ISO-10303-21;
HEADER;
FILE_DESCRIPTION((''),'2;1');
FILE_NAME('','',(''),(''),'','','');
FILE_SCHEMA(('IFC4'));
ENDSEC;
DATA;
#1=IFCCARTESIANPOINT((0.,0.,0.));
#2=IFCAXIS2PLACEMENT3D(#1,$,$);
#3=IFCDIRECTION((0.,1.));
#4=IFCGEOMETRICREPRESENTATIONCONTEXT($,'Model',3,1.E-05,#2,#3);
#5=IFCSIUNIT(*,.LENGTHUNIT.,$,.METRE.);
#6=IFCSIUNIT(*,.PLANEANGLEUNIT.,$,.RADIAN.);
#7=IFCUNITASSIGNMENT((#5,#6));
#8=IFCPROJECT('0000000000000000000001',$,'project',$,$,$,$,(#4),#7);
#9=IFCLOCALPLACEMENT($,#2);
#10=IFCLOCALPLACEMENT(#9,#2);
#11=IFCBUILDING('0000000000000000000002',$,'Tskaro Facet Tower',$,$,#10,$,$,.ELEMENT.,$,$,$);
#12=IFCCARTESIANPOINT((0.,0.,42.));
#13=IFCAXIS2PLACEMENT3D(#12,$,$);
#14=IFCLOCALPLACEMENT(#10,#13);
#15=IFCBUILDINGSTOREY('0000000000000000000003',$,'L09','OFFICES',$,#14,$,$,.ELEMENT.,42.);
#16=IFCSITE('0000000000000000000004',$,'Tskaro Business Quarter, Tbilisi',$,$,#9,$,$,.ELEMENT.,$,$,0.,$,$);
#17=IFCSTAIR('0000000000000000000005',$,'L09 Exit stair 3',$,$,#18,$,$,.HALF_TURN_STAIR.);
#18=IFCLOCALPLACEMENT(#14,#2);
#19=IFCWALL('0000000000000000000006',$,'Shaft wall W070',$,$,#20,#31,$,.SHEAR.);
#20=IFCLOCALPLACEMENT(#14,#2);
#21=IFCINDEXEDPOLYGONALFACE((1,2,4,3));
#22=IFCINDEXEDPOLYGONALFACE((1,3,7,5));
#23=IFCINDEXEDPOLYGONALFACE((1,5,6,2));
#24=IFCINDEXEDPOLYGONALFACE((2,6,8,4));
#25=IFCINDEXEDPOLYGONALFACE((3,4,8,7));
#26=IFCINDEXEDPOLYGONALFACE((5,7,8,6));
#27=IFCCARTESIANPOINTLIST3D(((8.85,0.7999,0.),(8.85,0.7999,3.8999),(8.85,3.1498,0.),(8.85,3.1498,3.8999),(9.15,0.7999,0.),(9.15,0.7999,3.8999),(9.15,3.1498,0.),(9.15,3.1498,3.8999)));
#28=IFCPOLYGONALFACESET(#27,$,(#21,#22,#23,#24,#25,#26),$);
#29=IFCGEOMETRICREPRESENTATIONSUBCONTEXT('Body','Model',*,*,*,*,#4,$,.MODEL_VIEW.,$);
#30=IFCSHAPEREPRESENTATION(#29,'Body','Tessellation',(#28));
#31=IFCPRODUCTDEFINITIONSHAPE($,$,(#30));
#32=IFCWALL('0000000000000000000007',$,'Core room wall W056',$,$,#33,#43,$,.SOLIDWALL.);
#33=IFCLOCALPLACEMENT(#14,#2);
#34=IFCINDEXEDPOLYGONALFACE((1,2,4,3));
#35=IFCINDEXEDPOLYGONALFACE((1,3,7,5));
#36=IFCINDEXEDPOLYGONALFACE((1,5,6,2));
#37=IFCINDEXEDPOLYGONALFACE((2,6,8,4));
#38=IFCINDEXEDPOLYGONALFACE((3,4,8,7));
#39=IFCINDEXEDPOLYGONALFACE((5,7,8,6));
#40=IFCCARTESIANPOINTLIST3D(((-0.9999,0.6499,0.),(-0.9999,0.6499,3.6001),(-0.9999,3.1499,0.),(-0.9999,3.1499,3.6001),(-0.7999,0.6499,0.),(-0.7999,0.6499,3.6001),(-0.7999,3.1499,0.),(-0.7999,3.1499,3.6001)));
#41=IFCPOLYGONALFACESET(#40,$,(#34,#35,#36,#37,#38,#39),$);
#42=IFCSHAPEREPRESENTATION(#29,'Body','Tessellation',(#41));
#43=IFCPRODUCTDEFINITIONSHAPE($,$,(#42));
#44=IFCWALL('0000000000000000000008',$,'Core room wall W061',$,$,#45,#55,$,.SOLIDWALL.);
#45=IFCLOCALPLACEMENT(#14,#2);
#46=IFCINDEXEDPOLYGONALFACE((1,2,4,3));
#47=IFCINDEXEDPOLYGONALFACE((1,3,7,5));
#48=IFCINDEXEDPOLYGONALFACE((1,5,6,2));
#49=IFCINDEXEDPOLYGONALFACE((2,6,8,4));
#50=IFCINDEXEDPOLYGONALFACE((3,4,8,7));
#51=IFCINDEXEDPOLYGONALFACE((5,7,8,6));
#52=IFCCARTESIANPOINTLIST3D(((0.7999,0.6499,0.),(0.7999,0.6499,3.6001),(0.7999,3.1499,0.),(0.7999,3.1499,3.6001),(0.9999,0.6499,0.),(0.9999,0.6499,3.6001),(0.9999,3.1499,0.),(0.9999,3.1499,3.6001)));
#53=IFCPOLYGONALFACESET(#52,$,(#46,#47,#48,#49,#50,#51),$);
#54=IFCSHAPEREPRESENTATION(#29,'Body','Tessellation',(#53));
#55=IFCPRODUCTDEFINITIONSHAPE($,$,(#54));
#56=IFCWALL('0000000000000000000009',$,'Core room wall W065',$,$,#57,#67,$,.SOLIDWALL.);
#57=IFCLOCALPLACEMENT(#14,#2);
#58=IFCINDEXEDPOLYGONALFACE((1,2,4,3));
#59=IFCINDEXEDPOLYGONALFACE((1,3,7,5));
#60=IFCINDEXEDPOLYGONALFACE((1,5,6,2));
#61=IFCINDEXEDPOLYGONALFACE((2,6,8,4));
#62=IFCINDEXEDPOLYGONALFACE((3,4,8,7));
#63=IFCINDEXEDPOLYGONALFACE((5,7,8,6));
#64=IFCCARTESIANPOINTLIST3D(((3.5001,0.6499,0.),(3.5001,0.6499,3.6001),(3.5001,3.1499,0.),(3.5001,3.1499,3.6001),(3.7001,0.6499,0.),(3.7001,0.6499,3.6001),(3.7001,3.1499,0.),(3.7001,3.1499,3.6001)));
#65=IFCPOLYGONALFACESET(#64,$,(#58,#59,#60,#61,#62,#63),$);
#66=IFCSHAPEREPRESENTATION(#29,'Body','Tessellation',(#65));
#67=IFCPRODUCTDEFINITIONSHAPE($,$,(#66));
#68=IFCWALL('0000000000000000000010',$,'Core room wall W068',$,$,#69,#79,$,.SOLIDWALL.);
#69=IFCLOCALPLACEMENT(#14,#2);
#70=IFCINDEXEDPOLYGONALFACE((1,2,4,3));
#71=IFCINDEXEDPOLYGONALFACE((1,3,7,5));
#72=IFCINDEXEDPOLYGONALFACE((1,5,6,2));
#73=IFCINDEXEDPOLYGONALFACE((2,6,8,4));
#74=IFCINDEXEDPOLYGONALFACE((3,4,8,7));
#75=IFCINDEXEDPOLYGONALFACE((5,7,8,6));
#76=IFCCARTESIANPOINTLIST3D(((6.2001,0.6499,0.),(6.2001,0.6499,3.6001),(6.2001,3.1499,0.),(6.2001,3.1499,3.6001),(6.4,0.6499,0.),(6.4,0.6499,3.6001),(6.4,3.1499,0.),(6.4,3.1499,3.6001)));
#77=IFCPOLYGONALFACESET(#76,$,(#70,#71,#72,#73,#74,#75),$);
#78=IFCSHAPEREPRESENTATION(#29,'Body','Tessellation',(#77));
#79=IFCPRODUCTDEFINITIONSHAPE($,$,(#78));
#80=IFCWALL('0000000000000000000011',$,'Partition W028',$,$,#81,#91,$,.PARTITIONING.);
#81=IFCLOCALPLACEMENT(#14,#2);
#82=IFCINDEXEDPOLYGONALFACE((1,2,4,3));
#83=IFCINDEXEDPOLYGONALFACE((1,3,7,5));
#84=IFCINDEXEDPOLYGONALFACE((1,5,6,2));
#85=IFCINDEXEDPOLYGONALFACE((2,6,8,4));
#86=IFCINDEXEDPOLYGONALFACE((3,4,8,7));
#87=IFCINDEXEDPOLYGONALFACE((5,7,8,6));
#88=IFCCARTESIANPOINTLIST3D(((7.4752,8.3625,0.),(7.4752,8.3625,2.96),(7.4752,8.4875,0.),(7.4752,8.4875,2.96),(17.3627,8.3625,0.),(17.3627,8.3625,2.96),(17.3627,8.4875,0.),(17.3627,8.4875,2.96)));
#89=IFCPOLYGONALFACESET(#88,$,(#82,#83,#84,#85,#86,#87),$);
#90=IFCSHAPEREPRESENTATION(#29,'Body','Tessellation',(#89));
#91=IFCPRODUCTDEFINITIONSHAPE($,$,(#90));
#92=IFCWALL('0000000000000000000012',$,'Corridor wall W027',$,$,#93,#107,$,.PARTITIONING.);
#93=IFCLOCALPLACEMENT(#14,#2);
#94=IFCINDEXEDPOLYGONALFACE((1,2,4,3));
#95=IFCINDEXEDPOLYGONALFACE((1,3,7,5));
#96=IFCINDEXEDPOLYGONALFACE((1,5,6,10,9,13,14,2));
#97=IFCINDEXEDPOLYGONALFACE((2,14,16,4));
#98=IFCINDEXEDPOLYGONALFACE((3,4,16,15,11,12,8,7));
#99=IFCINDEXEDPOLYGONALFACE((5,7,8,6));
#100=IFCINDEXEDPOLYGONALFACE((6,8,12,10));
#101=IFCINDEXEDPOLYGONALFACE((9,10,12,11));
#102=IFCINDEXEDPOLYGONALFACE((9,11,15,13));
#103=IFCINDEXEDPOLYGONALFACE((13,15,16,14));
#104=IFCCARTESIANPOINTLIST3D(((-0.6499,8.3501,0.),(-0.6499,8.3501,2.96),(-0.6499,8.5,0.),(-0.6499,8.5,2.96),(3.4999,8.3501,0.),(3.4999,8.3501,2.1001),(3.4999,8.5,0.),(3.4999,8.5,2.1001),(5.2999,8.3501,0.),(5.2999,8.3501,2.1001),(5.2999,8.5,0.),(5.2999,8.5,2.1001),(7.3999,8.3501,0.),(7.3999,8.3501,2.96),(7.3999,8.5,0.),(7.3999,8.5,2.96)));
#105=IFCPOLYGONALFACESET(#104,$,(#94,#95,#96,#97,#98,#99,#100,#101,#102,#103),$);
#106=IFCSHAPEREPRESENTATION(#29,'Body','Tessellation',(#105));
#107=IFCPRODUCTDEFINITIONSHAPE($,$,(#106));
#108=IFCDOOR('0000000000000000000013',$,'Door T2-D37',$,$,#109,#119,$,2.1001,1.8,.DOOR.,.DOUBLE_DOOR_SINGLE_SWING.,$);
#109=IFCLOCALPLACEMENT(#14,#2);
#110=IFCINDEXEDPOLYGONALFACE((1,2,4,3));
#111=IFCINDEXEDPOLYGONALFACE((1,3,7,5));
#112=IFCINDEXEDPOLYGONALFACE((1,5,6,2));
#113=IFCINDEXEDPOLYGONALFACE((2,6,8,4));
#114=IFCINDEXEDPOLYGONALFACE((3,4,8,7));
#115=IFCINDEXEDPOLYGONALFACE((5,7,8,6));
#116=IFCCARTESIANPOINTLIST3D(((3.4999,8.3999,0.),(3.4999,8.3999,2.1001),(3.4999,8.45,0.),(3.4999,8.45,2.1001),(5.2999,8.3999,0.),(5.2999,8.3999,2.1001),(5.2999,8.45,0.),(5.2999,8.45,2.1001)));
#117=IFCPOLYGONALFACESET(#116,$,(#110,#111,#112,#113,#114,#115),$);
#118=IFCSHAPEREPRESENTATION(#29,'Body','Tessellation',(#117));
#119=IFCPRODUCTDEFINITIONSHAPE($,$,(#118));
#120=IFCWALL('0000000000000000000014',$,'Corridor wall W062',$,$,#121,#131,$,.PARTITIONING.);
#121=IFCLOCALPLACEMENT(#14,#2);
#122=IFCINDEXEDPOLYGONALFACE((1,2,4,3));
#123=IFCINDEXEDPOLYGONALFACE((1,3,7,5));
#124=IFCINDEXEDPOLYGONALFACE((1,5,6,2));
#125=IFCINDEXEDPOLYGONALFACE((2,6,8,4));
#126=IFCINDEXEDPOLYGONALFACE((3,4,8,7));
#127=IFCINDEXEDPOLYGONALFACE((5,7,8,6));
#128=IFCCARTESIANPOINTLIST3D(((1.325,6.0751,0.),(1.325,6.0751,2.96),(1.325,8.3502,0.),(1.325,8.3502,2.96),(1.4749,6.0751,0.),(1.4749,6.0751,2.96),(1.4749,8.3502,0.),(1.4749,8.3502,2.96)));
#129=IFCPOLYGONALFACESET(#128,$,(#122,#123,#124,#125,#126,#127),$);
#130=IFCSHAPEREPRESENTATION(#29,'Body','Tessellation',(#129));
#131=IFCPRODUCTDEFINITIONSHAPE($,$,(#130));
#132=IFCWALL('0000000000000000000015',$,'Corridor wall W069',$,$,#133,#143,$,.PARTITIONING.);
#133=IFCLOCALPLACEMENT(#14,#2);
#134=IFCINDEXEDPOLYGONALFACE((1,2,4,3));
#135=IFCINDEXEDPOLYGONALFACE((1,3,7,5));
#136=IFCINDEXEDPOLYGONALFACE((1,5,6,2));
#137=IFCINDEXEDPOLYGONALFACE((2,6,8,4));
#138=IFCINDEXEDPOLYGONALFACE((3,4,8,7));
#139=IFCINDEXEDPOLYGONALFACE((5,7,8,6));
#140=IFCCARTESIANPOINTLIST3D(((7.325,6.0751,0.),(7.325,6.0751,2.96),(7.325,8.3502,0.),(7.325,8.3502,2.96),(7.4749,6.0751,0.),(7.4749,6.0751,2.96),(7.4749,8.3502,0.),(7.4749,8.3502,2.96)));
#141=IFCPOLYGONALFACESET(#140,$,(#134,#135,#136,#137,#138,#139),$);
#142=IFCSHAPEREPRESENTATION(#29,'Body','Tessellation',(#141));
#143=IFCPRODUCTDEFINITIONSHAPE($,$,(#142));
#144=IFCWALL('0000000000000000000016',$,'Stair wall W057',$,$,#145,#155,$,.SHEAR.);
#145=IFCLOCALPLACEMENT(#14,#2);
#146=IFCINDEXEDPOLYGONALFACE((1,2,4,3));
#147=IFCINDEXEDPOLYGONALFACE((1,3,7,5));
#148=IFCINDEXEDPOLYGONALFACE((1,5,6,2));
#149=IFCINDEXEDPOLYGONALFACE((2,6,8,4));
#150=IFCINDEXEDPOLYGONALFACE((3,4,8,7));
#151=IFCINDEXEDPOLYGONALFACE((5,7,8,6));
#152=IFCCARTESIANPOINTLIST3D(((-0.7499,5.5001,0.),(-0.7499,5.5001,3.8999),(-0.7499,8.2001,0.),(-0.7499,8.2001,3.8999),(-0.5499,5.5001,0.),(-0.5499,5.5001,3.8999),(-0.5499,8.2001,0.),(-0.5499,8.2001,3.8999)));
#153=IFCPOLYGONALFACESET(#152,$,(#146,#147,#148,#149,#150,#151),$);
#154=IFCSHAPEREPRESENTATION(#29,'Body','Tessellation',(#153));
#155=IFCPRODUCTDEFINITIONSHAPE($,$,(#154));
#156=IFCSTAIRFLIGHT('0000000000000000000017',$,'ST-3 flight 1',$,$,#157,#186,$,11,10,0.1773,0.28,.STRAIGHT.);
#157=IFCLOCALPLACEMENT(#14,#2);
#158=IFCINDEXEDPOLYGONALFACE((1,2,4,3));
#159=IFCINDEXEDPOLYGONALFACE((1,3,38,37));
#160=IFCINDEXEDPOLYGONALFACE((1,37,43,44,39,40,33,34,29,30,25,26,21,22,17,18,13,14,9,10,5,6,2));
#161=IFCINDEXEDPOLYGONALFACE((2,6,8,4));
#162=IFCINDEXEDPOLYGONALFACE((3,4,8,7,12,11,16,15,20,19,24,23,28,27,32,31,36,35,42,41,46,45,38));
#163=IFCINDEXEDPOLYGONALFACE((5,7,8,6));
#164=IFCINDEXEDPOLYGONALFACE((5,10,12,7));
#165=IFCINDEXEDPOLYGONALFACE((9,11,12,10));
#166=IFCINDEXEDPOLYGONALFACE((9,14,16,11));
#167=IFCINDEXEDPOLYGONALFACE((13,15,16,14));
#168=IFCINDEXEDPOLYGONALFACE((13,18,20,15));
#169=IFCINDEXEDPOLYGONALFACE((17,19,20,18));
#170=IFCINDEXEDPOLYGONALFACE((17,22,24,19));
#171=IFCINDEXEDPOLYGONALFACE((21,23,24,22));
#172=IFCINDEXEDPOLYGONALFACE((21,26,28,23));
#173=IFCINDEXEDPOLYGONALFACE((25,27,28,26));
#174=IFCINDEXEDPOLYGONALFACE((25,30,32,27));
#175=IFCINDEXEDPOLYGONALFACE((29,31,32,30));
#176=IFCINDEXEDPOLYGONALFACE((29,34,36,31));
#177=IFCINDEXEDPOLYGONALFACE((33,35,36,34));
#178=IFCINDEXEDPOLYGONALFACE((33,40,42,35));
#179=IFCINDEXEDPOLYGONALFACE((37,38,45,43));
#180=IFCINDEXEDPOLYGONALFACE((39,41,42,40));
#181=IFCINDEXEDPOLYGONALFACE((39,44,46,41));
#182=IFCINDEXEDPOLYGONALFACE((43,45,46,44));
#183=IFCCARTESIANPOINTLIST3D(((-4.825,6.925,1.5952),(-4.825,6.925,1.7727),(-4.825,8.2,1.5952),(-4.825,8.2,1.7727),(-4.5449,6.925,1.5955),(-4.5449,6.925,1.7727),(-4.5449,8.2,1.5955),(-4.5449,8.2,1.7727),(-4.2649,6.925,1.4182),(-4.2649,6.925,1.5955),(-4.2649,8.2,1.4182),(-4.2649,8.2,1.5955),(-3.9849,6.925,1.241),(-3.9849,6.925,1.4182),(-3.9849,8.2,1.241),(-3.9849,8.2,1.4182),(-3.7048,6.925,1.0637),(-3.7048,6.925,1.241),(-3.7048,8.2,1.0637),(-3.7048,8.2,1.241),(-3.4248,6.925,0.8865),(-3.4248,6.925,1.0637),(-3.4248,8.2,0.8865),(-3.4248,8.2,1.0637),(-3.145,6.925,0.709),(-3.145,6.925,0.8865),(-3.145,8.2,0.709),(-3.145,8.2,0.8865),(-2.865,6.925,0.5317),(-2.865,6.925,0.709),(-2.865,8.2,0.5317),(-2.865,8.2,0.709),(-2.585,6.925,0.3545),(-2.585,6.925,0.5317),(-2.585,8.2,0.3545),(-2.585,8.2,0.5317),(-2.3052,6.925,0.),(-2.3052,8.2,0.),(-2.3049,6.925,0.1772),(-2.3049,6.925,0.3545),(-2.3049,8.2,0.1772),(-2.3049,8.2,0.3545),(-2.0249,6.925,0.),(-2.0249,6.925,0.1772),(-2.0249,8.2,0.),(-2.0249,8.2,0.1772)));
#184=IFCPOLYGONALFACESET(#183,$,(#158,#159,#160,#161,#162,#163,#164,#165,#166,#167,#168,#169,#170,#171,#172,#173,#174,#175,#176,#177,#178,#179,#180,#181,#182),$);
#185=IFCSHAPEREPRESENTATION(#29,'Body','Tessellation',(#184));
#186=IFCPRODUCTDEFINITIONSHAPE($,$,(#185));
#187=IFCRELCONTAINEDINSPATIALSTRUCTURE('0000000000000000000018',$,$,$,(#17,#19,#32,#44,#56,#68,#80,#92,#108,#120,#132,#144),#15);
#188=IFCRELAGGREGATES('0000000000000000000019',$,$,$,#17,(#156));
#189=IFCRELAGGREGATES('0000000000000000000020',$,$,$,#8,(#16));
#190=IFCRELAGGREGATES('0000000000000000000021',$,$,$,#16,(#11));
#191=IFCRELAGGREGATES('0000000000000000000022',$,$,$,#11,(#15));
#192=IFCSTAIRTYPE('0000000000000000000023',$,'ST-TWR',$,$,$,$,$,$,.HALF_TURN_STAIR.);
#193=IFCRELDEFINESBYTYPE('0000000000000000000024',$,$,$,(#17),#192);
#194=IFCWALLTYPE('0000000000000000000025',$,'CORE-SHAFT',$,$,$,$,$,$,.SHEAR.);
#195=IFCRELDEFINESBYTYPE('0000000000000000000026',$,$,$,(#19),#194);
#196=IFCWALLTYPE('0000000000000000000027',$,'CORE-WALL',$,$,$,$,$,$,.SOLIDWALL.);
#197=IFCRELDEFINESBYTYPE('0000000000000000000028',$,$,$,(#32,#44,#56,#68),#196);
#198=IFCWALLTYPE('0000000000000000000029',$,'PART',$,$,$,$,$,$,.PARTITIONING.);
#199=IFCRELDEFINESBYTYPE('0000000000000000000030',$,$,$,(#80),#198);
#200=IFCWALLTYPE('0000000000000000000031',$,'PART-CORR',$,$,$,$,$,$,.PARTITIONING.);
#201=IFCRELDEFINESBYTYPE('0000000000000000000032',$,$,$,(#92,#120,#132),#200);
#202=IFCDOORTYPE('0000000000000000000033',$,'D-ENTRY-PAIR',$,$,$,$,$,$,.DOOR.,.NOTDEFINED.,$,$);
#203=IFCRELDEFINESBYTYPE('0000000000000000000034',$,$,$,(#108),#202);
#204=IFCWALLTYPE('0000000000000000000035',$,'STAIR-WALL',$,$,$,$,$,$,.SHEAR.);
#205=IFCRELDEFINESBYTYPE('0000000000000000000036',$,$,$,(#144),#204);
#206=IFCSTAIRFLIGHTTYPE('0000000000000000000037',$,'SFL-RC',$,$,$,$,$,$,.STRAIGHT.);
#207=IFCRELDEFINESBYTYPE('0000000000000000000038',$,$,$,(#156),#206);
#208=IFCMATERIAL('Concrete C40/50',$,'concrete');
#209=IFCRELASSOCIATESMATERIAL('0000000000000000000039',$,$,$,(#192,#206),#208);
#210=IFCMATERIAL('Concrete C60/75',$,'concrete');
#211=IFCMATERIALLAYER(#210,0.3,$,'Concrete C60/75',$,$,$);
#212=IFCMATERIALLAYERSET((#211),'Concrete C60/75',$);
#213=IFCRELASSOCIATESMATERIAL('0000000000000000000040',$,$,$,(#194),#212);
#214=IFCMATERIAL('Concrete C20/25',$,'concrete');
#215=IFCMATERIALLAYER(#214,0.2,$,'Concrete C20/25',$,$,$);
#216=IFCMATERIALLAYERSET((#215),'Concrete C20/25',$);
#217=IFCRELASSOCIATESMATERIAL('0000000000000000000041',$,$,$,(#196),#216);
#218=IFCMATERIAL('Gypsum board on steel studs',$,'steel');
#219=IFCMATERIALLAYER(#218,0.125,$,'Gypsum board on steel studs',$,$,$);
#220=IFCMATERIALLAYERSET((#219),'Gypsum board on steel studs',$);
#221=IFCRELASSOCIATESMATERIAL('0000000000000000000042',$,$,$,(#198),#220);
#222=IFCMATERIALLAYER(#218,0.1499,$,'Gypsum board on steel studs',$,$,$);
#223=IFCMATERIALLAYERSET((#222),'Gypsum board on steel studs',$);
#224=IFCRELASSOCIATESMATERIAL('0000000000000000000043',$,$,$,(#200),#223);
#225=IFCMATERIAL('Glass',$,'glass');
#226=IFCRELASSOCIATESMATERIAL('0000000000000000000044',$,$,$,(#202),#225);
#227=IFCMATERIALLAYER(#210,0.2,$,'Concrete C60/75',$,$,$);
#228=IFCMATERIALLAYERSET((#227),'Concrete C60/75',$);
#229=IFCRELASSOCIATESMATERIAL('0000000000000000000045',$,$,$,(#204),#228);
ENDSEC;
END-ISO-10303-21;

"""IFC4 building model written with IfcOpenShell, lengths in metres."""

from ifc_helpers import new_model, si_unit, direction, frame, frame_2d, origin, place, context, subcontext, project, spatial, polyline, rectangle, outline, extrude, material, layer, layer_set, type_object, element, fill, aggregate, save


model = new_model("IFC4")

# Units and contexts
model_context = context("Model", 3, precision=1e-05, world=origin(), true_north=direction((0.0, 1.0)))
body_context = subcontext(model_context, "Body", "Model", "MODEL_VIEW")
ifc_project = project(units=[si_unit("LENGTHUNIT", "METRE"), si_unit("PLANEANGLEUNIT", "RADIAN")], contexts=[model_context])

# Site, building, storey
site_placement = place(None, origin())
site = spatial("IfcSite", under=ifc_project, at=site_placement, Name="Tskaro Business Quarter, Tbilisi", CompositionType="ELEMENT", RefElevation=0.0)
building_placement = place(site_placement, origin())
building = spatial("IfcBuilding", under=site, at=building_placement, Name="Tskaro Facet Tower", CompositionType="ELEMENT")
storey_placement = place(building_placement, frame((0.0, 0.0, 42.0)))
storey = spatial("IfcBuildingStorey", under=building, at=storey_placement, Name="L09", Description="OFFICES", CompositionType="ELEMENT", Elevation=42.0)

# Stair
ifc_material_1 = material(Name="Concrete C40/50", Category="concrete")
stair_type = type_object("IfcStairType", Name="ST-TWR", PredefinedType="HALF_TURN_STAIR", material=ifc_material_1)
stair_1_placement = place(storey_placement, origin())
stair_1 = element("IfcStair", 1, at=stair_1_placement, inside=storey, type_object=stair_type, Name="L09 Exit stair 3", PredefinedType="HALF_TURN_STAIR")

# Shared definitions
ifc_material_2 = material(Name="Concrete C60/75", Category="concrete")

# Walls
ifc_layer_1 = layer(ifc_material_2, 0.3, Name="Concrete C60/75")
ifc_layer_set_1 = layer_set([ifc_layer_1], Name="Concrete C60/75")
wall_type_1 = type_object("IfcWallType", Name="CORE-SHAFT", PredefinedType="SHEAR", material=ifc_layer_set_1)
wall_1_placement = place(storey_placement, frame((9.0, 0.8, 0.0), z_axis=(0.0, 0.0, 1.0), x_axis=(0.0, 1.0, 0.0)))
element("IfcWall", 2, at=wall_1_placement, inside=storey, type_object=wall_type_1, Name="Shaft wall W070", PredefinedType="SHEAR", context=body_context, shape_type="SweptSolid", body=[
    extrude(rectangle(XDim=2.3499, YDim=0.3, at=frame_2d((1.1748, 0.0))), origin(), (0.0, 0.0, 1.0), 3.8999),
])
ifc_material_3 = material(Name="Concrete C20/25", Category="concrete")
ifc_layer_2 = layer(ifc_material_3, 0.2, Name="Concrete C20/25")
ifc_layer_set_2 = layer_set([ifc_layer_2], Name="Concrete C20/25")
wall_type_2 = type_object("IfcWallType", Name="CORE-WALL", PredefinedType="SOLIDWALL", material=ifc_layer_set_2)
for number, where, z_axis, x_axis, name in (
    (3, (-0.8999, 0.6499, 0.0), (0.0, 0.0, 1.0), (0.0, 1.0, 0.0), "Core room wall W056"),
    (4, (0.8999, 0.6499, 0.0), (0.0, 0.0, 1.0), (0.0, 1.0, 0.0), "Core room wall W061"),
    (5, (3.6001, 0.6499, 0.0), (0.0, 0.0, 1.0), (0.0, 1.0, 0.0), "Core room wall W065"),
    (6, (6.3, 0.6499, 0.0), (0.0, 0.0, 1.0), (0.0, 1.0, 0.0), "Core room wall W068"),
):
    element("IfcWall", number, at=place(storey_placement, frame(where, z_axis=z_axis, x_axis=x_axis)), inside=storey, type_object=wall_type_2, Name=name, PredefinedType="SOLIDWALL", context=body_context, shape_type="SweptSolid", body=[
        extrude(rectangle(XDim=2.5, YDim=0.2, at=frame_2d((1.25, 0.0))), origin(), (0.0, 0.0, 1.0), 3.6001),
    ])
ifc_material_4 = material(Name="Gypsum board on steel studs", Category="steel")
ifc_layer_3 = layer(ifc_material_4, 0.125, Name="Gypsum board on steel studs")
ifc_layer_set_3 = layer_set([ifc_layer_3], Name="Gypsum board on steel studs")
wall_type_3 = type_object("IfcWallType", Name="PART", PredefinedType="PARTITIONING", material=ifc_layer_set_3)
wall_2_placement = place(storey_placement, frame((7.4751, 8.425, 0.0), z_axis=(0.0, 0.0, 1.0), x_axis=(1.0, 0.0, 0.0)))
element("IfcWall", 7, at=wall_2_placement, inside=storey, type_object=wall_type_3, Name="Partition W028", PredefinedType="PARTITIONING", context=body_context, shape_type="SweptSolid", body=[
    extrude(rectangle(XDim=9.8875, YDim=0.125, at=frame_2d((4.9438, 0.0))), origin(), (0.0, 0.0, 1.0), 2.96),
])

# Wall, opening, door
ifc_layer_4 = layer(ifc_material_4, 0.1499, Name="Gypsum board on steel studs")
ifc_layer_set_4 = layer_set([ifc_layer_4], Name="Gypsum board on steel studs")
wall_type_4 = type_object("IfcWallType", Name="PART-CORR", PredefinedType="PARTITIONING", material=ifc_layer_set_4)
wall_3_placement = place(storey_placement, frame((-0.6499, 8.425, 0.0), z_axis=(0.0, 0.0, 1.0), x_axis=(1.0, 0.0, 0.0)))
wall_3 = element("IfcWall", 8, at=wall_3_placement, inside=storey, type_object=wall_type_4, Name="Corridor wall W027", PredefinedType="PARTITIONING", context=body_context, shape_type="SweptSolid", body=[
    extrude(rectangle(XDim=8.0498, YDim=0.1499, at=frame_2d((4.0249, 0.0))), origin(), (0.0, 0.0, 1.0), 2.96),
])
opening_placement = place(wall_3_placement, frame((4.1499, 0.0, 0.0)))
opening = element("IfcOpeningElement", 9, at=opening_placement, cuts=wall_3, PredefinedType="OPENING", context=body_context, shape_type="SweptSolid", body=[
    extrude(rectangle(XDim=1.8, YDim=2.1001, at=frame_2d((0.8999, 1.05))), frame((0.0, 0.085, 0.0), z_axis=(0.0, -1.0, 0.0), x_axis=(1.0, 0.0, 0.0)), (0.0, 0.0, 1.0), 0.1699),
])
ifc_material_5 = material(Name="Glass", Category="glass")
door_type = type_object("IfcDoorType", Name="D-ENTRY-PAIR", OperationType="NOTDEFINED", PredefinedType="DOOR", material=ifc_material_5)
door_placement = place(opening_placement, origin())
door = element("IfcDoor", 10, at=door_placement, inside=storey, type_object=door_type, Name="Door T2-D37", OperationType="DOUBLE_DOOR_SINGLE_SWING", OverallHeight=2.1001, OverallWidth=1.8, PredefinedType="DOOR", context=body_context, shape_type="SweptSolid", body=[
    extrude(rectangle(XDim=1.8, YDim=2.1001, at=frame_2d((0.8999, 1.05))), frame((0.0, 0.0249, 0.0), z_axis=(0.0, -1.0, 0.0), x_axis=(1.0, 0.0, 0.0)), (0.0, 0.0, 1.0), 0.05),
])
fill(opening, door)

# Walls
for number, where, z_axis, x_axis, name in (
    (11, (1.3999, 6.075, 0.0), (0.0, 0.0, 1.0), (0.0, 1.0, 0.0), "Corridor wall W062"),
    (12, (7.3999, 6.075, 0.0), (0.0, 0.0, 1.0), (0.0, 1.0, 0.0), "Corridor wall W069"),
):
    element("IfcWall", number, at=place(storey_placement, frame(where, z_axis=z_axis, x_axis=x_axis)), inside=storey, type_object=wall_type_4, Name=name, PredefinedType="PARTITIONING", context=body_context, shape_type="SweptSolid", body=[
        extrude(rectangle(XDim=2.2751, YDim=0.1499, at=frame_2d((1.1377, 0.0))), origin(), (0.0, 0.0, 1.0), 2.96),
    ])
ifc_layer_5 = layer(ifc_material_2, 0.2, Name="Concrete C60/75")
ifc_layer_set_5 = layer_set([ifc_layer_5], Name="Concrete C60/75")
wall_type_5 = type_object("IfcWallType", Name="STAIR-WALL", PredefinedType="SHEAR", material=ifc_layer_set_5)
wall_4_placement = place(storey_placement, frame((-0.6499, 5.5, 0.0), z_axis=(0.0, 0.0, 1.0), x_axis=(0.0, 1.0, 0.0)))
element("IfcWall", 13, at=wall_4_placement, inside=storey, type_object=wall_type_5, Name="Stair wall W057", PredefinedType="SHEAR", context=body_context, shape_type="SweptSolid", body=[
    extrude(rectangle(XDim=2.7, YDim=0.2, at=frame_2d((1.3501, 0.0))), origin(), (0.0, 0.0, 1.0), 3.8999),
])

# Stair flight
stair_flight_type = type_object("IfcStairFlightType", Name="SFL-RC", PredefinedType="STRAIGHT", material=ifc_material_1)
stair_flight_placement = place(storey_placement, frame((-2.0249, 7.5625, 0.0), z_axis=(0.0, 0.0, 1.0), x_axis=(-1.0, 0.0, 0.0)))
stair_flight = element("IfcStairFlight", 14, at=stair_flight_placement, type_object=stair_flight_type, Name="ST-3 flight 1", NumberOfRisers=11, NumberOfTreads=10, PredefinedType="STRAIGHT", RiserHeight=0.1773, TreadLength=0.28, context=body_context, shape_type="SweptSolid", body=[
    extrude(outline(polyline([(0.0, 0.0), (0.0, 0.1772), (0.28, 0.1772), (0.28, 0.3545), (0.5601, 0.3545), (0.5601, 0.5317), (0.8401, 0.5317), (0.8401, 0.709), (1.1201, 0.709), (1.1201, 0.8865), (1.3999, 0.8865), (1.3999, 1.0637), (1.6799, 1.0637), (1.6799, 1.241), (1.96, 1.241), (1.96, 1.4182), (2.24, 1.4182), (2.24, 1.5955), (2.52, 1.5955), (2.52, 1.7727), (2.8, 1.7727), (2.8, 1.95), (2.8, 1.5952), (0.2803, 0.0), (0.0, 0.0)])), frame((0.0, 0.6375, 0.0), z_axis=(0.0, -1.0, 0.0), x_axis=(1.0, 0.0, 0.0)), (0.0, 0.0, 1.0), 1.2749),
])
aggregate(stair_1, [stair_flight])

save(model, "model.ifc")
